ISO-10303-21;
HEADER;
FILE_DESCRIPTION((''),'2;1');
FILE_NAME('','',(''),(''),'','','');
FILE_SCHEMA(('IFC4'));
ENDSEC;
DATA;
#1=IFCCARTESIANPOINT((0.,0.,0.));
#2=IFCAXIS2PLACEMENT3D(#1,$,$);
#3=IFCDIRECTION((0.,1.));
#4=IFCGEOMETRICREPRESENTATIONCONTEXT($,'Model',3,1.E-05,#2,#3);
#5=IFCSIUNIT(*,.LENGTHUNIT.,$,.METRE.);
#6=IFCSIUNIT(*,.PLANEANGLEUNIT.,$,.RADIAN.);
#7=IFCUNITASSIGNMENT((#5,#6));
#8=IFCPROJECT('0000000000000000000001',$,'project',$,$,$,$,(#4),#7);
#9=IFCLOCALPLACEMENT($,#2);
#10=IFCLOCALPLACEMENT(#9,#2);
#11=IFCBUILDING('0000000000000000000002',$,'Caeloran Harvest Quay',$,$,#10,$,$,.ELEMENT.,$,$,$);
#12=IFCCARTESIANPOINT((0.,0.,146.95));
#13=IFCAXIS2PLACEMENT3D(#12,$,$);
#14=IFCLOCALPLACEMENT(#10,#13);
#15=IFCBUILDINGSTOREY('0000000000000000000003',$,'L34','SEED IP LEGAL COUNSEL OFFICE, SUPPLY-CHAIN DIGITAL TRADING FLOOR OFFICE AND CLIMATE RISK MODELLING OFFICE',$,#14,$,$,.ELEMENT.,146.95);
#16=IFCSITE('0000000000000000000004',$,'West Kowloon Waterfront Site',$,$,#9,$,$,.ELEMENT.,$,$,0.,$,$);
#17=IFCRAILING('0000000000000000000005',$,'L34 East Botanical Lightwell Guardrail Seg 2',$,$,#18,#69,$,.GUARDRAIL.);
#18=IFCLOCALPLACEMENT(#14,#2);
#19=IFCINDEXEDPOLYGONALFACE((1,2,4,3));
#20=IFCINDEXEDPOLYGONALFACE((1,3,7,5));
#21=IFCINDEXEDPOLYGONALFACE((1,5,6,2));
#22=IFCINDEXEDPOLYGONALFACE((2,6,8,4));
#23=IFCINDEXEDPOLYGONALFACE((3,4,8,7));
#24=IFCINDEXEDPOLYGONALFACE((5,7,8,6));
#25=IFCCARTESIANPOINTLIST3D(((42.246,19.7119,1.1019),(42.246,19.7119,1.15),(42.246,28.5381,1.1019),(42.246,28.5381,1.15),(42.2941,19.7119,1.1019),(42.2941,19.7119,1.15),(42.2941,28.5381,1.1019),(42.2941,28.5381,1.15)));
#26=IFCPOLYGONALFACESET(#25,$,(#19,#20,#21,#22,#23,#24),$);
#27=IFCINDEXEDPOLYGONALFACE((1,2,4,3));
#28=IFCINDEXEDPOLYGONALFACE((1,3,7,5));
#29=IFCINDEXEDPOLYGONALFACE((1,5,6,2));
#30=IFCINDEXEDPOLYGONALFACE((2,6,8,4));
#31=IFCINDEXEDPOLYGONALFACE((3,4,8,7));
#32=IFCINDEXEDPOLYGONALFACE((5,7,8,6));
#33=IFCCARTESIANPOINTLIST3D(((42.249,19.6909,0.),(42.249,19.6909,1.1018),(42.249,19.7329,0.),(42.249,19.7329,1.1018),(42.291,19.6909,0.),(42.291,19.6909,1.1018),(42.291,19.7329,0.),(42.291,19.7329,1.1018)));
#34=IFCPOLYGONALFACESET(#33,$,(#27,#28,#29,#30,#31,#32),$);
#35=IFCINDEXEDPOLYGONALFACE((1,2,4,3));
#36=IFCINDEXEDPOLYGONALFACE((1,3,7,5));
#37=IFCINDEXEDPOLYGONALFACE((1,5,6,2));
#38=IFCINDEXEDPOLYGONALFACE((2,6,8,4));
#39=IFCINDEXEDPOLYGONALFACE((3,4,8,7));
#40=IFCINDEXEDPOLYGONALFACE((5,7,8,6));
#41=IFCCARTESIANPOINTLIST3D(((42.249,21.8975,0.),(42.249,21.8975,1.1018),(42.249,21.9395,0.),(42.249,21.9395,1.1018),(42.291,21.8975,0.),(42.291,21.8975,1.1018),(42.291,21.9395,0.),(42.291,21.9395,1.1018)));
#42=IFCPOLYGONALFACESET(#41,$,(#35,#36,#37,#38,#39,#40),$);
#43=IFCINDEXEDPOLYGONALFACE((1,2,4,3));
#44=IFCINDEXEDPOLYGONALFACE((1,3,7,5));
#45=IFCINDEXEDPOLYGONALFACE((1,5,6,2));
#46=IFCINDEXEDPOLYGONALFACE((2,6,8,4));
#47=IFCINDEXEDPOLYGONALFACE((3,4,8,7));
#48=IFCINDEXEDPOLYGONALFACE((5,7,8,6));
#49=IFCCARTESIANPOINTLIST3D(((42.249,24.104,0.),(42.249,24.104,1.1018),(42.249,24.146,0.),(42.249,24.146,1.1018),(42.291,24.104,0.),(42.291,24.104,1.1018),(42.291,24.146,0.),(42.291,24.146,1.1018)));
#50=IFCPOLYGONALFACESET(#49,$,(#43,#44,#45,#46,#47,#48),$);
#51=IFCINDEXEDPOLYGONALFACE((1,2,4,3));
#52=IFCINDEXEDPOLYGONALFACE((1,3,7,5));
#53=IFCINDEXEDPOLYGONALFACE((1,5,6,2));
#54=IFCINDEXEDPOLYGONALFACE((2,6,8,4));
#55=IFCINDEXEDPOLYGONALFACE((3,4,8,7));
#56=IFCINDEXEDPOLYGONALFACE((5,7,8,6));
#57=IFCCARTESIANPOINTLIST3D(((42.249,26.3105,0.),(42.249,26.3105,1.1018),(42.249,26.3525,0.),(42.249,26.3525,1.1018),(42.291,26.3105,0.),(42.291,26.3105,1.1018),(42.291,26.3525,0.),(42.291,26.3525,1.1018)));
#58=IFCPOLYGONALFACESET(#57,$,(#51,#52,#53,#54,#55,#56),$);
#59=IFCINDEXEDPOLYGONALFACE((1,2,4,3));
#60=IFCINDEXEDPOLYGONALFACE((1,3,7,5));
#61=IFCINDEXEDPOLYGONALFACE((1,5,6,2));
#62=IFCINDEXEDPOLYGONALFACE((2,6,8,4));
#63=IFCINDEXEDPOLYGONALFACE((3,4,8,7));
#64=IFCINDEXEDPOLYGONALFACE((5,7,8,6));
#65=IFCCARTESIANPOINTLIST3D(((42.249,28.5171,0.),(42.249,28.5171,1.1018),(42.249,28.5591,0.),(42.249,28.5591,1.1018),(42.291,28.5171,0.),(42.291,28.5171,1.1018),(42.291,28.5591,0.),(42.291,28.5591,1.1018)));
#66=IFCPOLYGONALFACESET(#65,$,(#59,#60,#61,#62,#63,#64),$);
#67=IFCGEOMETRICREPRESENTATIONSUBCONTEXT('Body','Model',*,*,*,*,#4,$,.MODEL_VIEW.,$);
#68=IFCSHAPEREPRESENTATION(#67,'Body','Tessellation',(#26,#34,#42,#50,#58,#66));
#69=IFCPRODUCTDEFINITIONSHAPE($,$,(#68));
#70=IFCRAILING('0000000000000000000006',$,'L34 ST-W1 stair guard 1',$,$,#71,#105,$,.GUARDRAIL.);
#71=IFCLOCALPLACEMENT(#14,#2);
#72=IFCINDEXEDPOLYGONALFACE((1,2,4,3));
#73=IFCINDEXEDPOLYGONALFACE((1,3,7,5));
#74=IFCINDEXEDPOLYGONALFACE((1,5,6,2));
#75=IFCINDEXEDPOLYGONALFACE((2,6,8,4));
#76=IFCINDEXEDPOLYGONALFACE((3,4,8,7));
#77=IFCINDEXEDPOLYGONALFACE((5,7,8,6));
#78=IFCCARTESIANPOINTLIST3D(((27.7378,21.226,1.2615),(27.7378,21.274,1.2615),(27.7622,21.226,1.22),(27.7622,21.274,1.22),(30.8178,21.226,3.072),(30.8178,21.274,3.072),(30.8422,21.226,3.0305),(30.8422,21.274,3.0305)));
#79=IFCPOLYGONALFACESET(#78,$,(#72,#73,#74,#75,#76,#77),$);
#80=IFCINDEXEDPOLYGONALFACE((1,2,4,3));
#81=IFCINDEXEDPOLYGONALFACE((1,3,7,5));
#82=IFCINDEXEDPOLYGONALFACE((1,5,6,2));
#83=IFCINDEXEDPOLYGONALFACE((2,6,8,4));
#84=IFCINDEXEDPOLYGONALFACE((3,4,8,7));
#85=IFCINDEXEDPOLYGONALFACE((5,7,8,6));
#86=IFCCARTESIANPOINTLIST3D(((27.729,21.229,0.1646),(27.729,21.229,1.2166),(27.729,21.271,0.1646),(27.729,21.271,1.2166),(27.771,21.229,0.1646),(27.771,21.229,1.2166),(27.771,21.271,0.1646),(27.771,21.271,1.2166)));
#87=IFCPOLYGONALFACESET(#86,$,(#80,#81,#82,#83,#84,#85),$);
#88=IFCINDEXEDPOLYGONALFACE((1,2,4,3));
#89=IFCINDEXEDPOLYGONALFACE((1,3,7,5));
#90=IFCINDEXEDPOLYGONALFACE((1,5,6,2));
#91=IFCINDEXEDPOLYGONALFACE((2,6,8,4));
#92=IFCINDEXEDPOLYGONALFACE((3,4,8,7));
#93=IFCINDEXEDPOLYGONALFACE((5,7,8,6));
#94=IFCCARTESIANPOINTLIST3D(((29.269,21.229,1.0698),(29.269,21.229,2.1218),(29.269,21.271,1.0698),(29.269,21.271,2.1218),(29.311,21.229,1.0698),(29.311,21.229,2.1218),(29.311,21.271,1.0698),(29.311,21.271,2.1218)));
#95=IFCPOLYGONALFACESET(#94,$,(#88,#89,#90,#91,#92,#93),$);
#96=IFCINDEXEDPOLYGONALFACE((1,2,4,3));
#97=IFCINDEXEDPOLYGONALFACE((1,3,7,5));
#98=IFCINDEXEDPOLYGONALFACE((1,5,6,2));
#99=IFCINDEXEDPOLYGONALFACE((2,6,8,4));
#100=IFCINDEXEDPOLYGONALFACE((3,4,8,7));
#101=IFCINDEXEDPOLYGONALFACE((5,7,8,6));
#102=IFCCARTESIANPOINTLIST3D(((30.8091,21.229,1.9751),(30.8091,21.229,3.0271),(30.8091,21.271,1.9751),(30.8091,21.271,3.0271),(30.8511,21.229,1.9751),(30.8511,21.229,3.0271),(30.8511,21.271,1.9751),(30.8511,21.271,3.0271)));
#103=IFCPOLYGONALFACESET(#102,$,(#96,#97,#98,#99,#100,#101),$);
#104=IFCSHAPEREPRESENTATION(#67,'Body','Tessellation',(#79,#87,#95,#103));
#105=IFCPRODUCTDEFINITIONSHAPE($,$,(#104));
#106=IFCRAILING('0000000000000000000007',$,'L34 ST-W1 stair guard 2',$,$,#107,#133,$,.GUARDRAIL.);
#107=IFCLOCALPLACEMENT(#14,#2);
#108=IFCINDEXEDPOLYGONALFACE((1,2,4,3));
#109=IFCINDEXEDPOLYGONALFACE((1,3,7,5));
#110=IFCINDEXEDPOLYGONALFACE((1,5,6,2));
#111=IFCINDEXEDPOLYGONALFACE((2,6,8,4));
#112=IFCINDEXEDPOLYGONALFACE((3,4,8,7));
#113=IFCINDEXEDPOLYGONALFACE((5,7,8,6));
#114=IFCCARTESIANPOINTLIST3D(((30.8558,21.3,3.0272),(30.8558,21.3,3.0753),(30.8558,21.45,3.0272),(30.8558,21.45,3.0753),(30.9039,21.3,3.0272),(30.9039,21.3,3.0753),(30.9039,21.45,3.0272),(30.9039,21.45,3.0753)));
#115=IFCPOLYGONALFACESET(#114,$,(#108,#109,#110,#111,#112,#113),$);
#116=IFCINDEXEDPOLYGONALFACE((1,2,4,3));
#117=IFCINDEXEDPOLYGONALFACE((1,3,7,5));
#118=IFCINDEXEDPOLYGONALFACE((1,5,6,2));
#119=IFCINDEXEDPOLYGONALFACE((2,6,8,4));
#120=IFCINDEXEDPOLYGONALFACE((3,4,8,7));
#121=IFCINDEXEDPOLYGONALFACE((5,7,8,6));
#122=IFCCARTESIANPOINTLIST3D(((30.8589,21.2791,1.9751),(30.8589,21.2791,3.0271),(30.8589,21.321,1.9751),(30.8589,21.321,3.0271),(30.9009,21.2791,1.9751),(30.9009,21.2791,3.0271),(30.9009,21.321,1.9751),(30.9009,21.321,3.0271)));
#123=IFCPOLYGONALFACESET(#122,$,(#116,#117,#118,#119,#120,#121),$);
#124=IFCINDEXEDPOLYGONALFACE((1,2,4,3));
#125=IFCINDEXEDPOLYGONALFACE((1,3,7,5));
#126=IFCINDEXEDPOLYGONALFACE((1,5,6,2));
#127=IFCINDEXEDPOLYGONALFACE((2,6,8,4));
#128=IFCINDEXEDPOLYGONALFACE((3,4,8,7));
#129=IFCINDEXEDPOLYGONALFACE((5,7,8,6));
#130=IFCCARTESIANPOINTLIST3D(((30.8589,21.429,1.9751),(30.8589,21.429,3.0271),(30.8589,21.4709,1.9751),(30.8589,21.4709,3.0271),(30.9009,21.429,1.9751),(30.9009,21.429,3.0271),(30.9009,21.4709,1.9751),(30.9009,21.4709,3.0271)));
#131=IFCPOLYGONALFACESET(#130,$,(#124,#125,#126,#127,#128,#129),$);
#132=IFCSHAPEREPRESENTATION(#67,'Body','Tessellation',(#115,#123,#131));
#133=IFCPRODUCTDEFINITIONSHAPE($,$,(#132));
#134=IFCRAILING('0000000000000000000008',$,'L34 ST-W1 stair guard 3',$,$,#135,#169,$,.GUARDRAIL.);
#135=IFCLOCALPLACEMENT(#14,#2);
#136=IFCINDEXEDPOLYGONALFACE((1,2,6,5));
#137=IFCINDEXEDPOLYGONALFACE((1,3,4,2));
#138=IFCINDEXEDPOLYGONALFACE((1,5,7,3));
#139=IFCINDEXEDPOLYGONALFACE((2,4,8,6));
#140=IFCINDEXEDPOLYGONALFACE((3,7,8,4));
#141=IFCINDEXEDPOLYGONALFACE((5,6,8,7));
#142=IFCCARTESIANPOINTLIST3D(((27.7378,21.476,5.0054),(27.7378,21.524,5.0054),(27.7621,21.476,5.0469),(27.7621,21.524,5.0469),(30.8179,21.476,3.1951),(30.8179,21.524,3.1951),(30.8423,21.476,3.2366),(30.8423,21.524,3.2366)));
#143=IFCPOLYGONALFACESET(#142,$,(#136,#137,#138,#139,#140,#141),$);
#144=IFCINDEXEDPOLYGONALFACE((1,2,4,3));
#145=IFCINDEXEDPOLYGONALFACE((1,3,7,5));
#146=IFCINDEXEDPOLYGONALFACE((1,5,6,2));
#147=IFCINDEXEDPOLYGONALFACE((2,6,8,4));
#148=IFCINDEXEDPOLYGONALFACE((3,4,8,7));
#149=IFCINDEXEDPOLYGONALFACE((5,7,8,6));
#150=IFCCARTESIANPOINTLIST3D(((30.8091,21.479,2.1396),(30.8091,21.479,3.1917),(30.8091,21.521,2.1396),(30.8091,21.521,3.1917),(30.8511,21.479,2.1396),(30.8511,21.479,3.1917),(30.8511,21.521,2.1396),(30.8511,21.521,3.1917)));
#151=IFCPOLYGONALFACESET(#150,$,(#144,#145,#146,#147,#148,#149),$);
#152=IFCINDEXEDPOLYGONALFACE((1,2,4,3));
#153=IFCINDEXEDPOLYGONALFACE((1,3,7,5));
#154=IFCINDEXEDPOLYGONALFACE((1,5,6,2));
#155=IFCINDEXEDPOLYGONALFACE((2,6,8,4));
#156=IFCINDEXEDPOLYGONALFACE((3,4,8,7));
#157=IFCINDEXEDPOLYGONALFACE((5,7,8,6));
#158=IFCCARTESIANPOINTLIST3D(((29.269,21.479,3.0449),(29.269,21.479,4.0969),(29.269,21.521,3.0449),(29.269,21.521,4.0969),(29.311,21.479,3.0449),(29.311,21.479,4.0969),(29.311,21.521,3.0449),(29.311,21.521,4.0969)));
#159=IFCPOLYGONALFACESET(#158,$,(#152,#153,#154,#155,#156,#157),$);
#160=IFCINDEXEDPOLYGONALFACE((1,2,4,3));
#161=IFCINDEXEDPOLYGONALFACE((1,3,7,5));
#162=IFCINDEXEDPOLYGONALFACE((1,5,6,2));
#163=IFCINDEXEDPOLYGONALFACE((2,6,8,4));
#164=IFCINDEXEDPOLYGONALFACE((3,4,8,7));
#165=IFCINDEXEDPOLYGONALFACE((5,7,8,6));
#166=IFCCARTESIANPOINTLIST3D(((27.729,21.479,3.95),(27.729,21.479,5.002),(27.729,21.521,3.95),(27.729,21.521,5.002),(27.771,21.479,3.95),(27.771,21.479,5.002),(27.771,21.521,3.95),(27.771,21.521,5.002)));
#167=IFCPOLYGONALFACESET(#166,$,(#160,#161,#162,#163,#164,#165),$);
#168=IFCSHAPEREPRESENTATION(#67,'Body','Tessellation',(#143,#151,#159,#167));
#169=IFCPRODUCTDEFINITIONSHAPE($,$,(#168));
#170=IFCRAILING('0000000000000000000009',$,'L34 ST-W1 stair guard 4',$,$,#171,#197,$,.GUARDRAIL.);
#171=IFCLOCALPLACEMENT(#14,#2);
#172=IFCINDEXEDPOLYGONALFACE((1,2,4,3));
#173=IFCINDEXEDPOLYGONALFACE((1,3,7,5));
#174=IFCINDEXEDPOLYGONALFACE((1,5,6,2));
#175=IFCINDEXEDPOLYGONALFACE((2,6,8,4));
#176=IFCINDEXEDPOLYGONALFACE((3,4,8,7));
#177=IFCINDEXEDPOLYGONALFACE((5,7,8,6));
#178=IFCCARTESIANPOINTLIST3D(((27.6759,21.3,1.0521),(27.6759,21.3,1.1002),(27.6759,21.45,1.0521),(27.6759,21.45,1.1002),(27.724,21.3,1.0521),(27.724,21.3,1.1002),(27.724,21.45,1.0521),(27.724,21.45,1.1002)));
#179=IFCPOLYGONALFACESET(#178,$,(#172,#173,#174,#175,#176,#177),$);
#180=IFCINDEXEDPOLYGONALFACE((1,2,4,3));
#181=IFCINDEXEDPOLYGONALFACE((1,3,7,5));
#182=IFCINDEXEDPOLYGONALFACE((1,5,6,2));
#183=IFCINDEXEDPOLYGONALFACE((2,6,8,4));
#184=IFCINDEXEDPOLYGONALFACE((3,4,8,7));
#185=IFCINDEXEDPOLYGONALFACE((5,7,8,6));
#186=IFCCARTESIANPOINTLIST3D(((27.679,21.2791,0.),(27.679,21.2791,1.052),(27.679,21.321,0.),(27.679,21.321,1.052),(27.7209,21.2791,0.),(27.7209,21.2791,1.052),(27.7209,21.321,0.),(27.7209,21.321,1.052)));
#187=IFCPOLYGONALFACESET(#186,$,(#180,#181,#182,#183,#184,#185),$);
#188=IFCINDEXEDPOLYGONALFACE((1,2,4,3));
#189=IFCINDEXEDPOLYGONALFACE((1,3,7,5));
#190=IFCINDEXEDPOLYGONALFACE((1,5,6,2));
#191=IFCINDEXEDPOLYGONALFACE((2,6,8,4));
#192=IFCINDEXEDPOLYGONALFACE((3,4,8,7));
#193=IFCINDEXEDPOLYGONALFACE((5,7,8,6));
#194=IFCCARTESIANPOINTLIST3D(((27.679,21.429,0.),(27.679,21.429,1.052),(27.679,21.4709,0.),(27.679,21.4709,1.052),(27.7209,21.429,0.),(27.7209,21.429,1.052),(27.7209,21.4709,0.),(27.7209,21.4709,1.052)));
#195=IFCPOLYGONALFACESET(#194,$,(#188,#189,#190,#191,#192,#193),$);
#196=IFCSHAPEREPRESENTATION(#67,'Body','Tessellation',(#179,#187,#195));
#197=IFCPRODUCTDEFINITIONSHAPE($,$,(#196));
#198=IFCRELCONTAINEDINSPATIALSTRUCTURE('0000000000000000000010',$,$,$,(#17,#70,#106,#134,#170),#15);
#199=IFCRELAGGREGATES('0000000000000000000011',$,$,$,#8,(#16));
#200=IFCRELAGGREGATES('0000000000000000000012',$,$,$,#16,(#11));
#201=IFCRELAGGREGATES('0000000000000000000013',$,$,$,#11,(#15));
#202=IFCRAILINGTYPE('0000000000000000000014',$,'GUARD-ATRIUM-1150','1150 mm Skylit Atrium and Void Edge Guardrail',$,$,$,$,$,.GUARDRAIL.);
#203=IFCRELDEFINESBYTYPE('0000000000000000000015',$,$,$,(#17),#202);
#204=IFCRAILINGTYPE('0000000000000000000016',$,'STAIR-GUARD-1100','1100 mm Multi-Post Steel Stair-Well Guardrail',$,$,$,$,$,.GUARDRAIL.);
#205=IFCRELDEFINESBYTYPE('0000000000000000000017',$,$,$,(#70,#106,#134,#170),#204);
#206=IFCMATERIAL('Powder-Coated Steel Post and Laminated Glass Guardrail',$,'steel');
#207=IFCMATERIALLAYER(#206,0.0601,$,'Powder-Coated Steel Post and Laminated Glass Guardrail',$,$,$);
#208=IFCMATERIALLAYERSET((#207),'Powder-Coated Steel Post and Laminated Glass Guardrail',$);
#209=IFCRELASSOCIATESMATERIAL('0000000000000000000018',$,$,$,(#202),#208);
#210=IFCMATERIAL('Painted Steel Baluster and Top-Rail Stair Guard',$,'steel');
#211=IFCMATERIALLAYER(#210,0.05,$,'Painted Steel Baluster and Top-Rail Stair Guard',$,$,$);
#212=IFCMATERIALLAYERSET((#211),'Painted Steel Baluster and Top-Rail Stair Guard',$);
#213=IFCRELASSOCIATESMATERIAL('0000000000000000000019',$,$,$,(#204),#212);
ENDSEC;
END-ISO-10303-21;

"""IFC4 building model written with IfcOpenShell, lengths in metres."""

from ifc_helpers import new_model, si_unit, direction, frame, origin, origin_2d, place, context, subcontext, project, spatial, rectangle, extrude, material, layer, layer_set, type_object, element, save


model = new_model("IFC4")

# Units and contexts
model_context = context("Model", 3, precision=1e-05, world=origin(), true_north=direction((0.0, 1.0)))
body_context = subcontext(model_context, "Body", "Model", "MODEL_VIEW")
ifc_project = project(units=[si_unit("LENGTHUNIT", "METRE"), si_unit("PLANEANGLEUNIT", "RADIAN")], contexts=[model_context])

# Site, building, storey
site_placement = place(None, origin())
site = spatial("IfcSite", under=ifc_project, at=site_placement, Name="West Kowloon Waterfront Site", CompositionType="ELEMENT", RefElevation=0.0)
building_placement = place(site_placement, origin())
building = spatial("IfcBuilding", under=site, at=building_placement, Name="Caeloran Harvest Quay", CompositionType="ELEMENT")
storey_placement = place(building_placement, frame((0.0, 0.0, 146.95)))
storey = spatial("IfcBuildingStorey", under=building, at=storey_placement, Name="L34", Description="SEED IP LEGAL COUNSEL OFFICE, SUPPLY-CHAIN DIGITAL TRADING FLOOR OFFICE AND CLIMATE RISK MODELLING OFFICE", CompositionType="ELEMENT", Elevation=146.95)

# Railings
ifc_material_1 = material(Name="Powder-Coated Steel Post and Laminated Glass Guardrail", Category="steel")
ifc_layer_1 = layer(ifc_material_1, 0.0601, Name="Powder-Coated Steel Post and Laminated Glass Guardrail")
ifc_layer_set_1 = layer_set([ifc_layer_1], Name="Powder-Coated Steel Post and Laminated Glass Guardrail")
railing_type_1 = type_object("IfcRailingType", Name="GUARD-ATRIUM-1150", Description="1150 mm Skylit Atrium and Void Edge Guardrail", PredefinedType="GUARDRAIL", material=ifc_layer_set_1)
railing_1_placement = place(storey_placement, frame((42.27, 19.7119, 0.0)))
element("IfcRailing", 1, at=railing_1_placement, inside=storey, type_object=railing_type_1, Name="L34 East Botanical Lightwell Guardrail Seg 2", PredefinedType="GUARDRAIL", context=body_context, shape_type="SweptSolid", body=[
    extrude(rectangle(XDim=0.0481, YDim=0.0481, at=origin_2d()), frame((0.0, 0.0, 1.126), z_axis=(0.0, 1.0, 0.0), x_axis=(-1.0, 0.0, 0.0)), (0.0, 0.0, 1.0), 8.8262),
    extrude(rectangle(XDim=0.042, YDim=0.042, at=origin_2d()), origin(), (0.0, 0.0, 1.0), 1.1018),
    extrude(rectangle(XDim=0.042, YDim=0.042, at=origin_2d()), frame((0.0, 2.2065, 0.0)), (0.0, 0.0, 1.0), 1.1018),
    extrude(rectangle(XDim=0.042, YDim=0.042, at=origin_2d()), frame((0.0, 4.4131, 0.0)), (0.0, 0.0, 1.0), 1.1018),
    extrude(rectangle(XDim=0.042, YDim=0.042, at=origin_2d()), frame((0.0, 6.6196, 0.0)), (0.0, 0.0, 1.0), 1.1018),
    extrude(rectangle(XDim=0.042, YDim=0.042, at=origin_2d()), frame((0.0, 8.8262, 0.0)), (0.0, 0.0, 1.0), 1.1018),
])
ifc_material_2 = material(Name="Painted Steel Baluster and Top-Rail Stair Guard", Category="steel")
ifc_layer_2 = layer(ifc_material_2, 0.05, Name="Painted Steel Baluster and Top-Rail Stair Guard")
ifc_layer_set_2 = layer_set([ifc_layer_2], Name="Painted Steel Baluster and Top-Rail Stair Guard")
railing_type_2 = type_object("IfcRailingType", Name="STAIR-GUARD-1100", Description="1100 mm Multi-Post Steel Stair-Well Guardrail", PredefinedType="GUARDRAIL", material=ifc_layer_set_2)
railing_2_placement = place(storey_placement, frame((27.75, 21.25, 0.1646)))
element("IfcRailing", 2, at=railing_2_placement, inside=storey, type_object=railing_type_2, Name="L34 ST-W1 stair guard 1", PredefinedType="GUARDRAIL", context=body_context, shape_type="SweptSolid", body=[
    extrude(rectangle(XDim=0.0481, YDim=0.0481, at=origin_2d()), frame((0.0, 0.0, 1.0762), z_axis=(0.862089, 0.0, 0.506757), x_axis=(0.0, 1.0, 0.0)), (0.0, 0.0, 1.0), 3.5728),
    extrude(rectangle(XDim=0.042, YDim=0.042, at=origin_2d()), origin(), (0.0, 0.0, 1.0), 1.052),
    extrude(rectangle(XDim=0.042, YDim=0.042, at=origin_2d()), frame((1.54, 0.0, 0.9053)), (0.0, 0.0, 1.0), 1.052),
    extrude(rectangle(XDim=0.042, YDim=0.042, at=origin_2d()), frame((3.0801, 0.0, 1.8105)), (0.0, 0.0, 1.0), 1.052),
])
railing_3_placement = place(storey_placement, frame((30.8799, 21.3, 1.9751)))
element("IfcRailing", 3, at=railing_3_placement, inside=storey, type_object=railing_type_2, Name="L34 ST-W1 stair guard 2", PredefinedType="GUARDRAIL", context=body_context, shape_type="SweptSolid", body=[
    extrude(rectangle(XDim=0.0481, YDim=0.0481, at=origin_2d()), frame((0.0, 0.0, 1.0762), z_axis=(0.0, 1.0, 0.0), x_axis=(-1.0, 0.0, 0.0)), (0.0, 0.0, 1.0), 0.1499),
    extrude(rectangle(XDim=0.042, YDim=0.042, at=origin_2d()), origin(), (0.0, 0.0, 1.0), 1.052),
    extrude(rectangle(XDim=0.042, YDim=0.042, at=origin_2d()), frame((0.0, 0.1499, 0.0)), (0.0, 0.0, 1.0), 1.052),
])
railing_4_placement = place(storey_placement, frame((30.8301, 21.5, 2.1396)))
element("IfcRailing", 4, at=railing_4_placement, inside=storey, type_object=railing_type_2, Name="L34 ST-W1 stair guard 3", PredefinedType="GUARDRAIL", context=body_context, shape_type="SweptSolid", body=[
    extrude(rectangle(XDim=0.0481, YDim=0.0481, at=origin_2d()), frame((0.0, 0.0, 1.0762), z_axis=(-0.862119, 0.0, 0.506707), x_axis=(0.0, -1.0, 0.0)), (0.0, 0.0, 1.0), 3.5728),
    extrude(rectangle(XDim=0.042, YDim=0.042, at=origin_2d()), origin(), (0.0, 0.0, 1.0), 1.052),
    extrude(rectangle(XDim=0.042, YDim=0.042, at=origin_2d()), frame((-1.54, 0.0, 0.9053)), (0.0, 0.0, 1.0), 1.052),
    extrude(rectangle(XDim=0.042, YDim=0.042, at=origin_2d()), frame((-3.0801, 0.0, 1.8103)), (0.0, 0.0, 1.0), 1.052),
])
railing_5_placement = place(storey_placement, frame((27.7, 21.3, 0.0)))
element("IfcRailing", 5, at=railing_5_placement, inside=storey, type_object=railing_type_2, Name="L34 ST-W1 stair guard 4", PredefinedType="GUARDRAIL", context=body_context, shape_type="SweptSolid", body=[
    extrude(rectangle(XDim=0.0481, YDim=0.0481, at=origin_2d()), frame((0.0, 0.0, 1.0762), z_axis=(0.0, 1.0, 0.0), x_axis=(-1.0, 0.0, 0.0)), (0.0, 0.0, 1.0), 0.1499),
    extrude(rectangle(XDim=0.042, YDim=0.042, at=origin_2d()), origin(), (0.0, 0.0, 1.0), 1.052),
    extrude(rectangle(XDim=0.042, YDim=0.042, at=origin_2d()), frame((0.0, 0.1499, 0.0)), (0.0, 0.0, 1.0), 1.052),
])

save(model, "model.ifc")
